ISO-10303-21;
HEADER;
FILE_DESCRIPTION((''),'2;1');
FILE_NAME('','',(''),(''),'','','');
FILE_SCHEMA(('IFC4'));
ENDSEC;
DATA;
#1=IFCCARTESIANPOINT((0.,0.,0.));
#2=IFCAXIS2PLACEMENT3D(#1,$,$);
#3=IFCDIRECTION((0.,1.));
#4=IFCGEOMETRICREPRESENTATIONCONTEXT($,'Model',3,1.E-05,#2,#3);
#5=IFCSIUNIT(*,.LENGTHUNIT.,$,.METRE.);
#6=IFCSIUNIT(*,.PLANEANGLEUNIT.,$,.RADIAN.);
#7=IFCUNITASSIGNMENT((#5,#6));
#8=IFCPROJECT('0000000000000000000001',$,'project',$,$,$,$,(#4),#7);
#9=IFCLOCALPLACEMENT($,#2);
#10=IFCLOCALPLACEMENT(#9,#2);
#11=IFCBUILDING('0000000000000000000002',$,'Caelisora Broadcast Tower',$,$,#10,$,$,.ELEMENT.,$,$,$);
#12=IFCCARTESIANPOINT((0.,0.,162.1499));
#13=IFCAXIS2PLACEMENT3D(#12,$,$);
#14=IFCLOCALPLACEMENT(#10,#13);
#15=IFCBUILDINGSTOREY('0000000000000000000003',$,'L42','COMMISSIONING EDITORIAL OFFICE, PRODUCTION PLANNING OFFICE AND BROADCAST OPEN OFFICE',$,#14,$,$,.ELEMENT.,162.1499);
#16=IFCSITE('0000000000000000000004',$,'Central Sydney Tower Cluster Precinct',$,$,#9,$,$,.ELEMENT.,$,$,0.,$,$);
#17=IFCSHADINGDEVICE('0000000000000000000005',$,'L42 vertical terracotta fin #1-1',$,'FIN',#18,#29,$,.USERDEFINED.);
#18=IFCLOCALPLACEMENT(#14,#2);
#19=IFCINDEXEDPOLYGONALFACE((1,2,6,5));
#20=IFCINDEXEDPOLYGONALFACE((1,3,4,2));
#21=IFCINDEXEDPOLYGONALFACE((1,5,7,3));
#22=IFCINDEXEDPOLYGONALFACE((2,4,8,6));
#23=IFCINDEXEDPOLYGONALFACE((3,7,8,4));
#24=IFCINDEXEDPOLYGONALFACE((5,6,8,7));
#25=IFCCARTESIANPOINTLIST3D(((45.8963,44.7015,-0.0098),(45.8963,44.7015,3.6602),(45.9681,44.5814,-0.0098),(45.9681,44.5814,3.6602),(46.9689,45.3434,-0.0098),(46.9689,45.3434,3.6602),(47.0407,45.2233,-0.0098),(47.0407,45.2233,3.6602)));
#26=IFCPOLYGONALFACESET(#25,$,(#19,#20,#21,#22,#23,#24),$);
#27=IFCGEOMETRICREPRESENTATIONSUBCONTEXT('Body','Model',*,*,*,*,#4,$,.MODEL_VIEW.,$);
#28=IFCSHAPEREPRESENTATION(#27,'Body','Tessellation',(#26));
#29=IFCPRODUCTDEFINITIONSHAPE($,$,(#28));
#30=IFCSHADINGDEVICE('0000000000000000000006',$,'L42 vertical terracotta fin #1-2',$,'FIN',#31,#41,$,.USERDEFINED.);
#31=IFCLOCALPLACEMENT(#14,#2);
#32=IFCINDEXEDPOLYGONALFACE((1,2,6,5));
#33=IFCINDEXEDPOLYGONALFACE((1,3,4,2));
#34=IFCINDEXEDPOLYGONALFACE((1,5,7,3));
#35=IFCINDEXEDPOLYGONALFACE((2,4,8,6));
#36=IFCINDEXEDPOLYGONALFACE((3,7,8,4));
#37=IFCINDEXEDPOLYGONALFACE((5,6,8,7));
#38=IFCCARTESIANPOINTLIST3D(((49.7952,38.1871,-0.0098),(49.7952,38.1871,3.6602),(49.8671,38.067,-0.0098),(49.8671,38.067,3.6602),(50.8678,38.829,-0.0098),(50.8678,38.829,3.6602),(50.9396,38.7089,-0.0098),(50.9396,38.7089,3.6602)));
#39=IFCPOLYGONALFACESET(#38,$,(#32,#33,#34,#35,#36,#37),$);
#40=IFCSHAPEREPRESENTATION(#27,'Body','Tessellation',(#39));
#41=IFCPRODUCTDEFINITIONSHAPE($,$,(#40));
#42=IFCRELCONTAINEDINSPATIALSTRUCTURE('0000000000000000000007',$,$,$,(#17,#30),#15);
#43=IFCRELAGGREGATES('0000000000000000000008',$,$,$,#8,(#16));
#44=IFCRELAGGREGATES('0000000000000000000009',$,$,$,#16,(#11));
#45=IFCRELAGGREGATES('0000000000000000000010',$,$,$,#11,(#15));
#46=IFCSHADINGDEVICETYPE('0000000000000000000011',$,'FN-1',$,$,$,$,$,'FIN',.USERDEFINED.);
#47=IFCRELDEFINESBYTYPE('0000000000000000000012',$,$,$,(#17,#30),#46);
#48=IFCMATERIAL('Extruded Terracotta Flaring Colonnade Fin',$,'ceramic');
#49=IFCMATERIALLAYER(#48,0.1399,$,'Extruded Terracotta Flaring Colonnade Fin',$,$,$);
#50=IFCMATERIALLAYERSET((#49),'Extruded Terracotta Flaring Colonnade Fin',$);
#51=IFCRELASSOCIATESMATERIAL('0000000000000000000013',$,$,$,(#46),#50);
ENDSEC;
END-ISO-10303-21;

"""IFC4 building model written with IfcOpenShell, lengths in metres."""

from ifc_helpers import new_model, si_unit, direction, frame, origin, origin_2d, place, context, subcontext, project, spatial, rectangle, extrude, source, transform, mapped, material, layer, layer_set, type_object, type_shapes, element, save


model = new_model("IFC4")

# Units and contexts
model_context = context("Model", 3, precision=1e-05, world=origin(), true_north=direction((0.0, 1.0)))
body_context = subcontext(model_context, "Body", "Model", "MODEL_VIEW")
ifc_project = project(units=[si_unit("LENGTHUNIT", "METRE"), si_unit("PLANEANGLEUNIT", "RADIAN")], contexts=[model_context])

# Site, building, storey
site_placement = place(None, origin())
site = spatial("IfcSite", under=ifc_project, at=site_placement, Name="Central Sydney Tower Cluster Precinct", CompositionType="ELEMENT", RefElevation=0.0)
building_placement = place(site_placement, origin())
building = spatial("IfcBuilding", under=site, at=building_placement, Name="Caelisora Broadcast Tower", CompositionType="ELEMENT")
storey_placement = place(building_placement, frame((0.0, 0.0, 162.1499)))
storey = spatial("IfcBuildingStorey", under=building, at=storey_placement, Name="L42", Description="COMMISSIONING EDITORIAL OFFICE, PRODUCTION PLANNING OFFICE AND BROADCAST OPEN OFFICE", CompositionType="ELEMENT", Elevation=162.1499)

# Shading devices
ifc_material_1 = material(Name="Extruded Terracotta Flaring Colonnade Fin", Category="ceramic")
ifc_layer_1 = layer(ifc_material_1, 0.1399, Name="Extruded Terracotta Flaring Colonnade Fin")
ifc_layer_set_1 = layer_set([ifc_layer_1], Name="Extruded Terracotta Flaring Colonnade Fin")
shading_device_type = type_object("IfcShadingDeviceType", Name="FN-1", ElementType="FIN", PredefinedType="USERDEFINED", material=ifc_layer_set_1)
shared_shape_1 = source(origin(), body_context, "Body", "SweptSolid", [
    extrude(rectangle(XDim=0.1399, YDim=1.25, at=origin_2d()), origin(), (0.0, 0.0, 1.0), 3.6699),
])
type_shapes(shading_device_type, [shared_shape_1])
for number, where, z_axis, x_axis, name in (
    (1, (46.4685, 44.9624, -0.0098), (0.0, 0.0, 1.0), (0.513541, -0.858065, 0.0), "L42 vertical terracotta fin #1-1"),
    (2, (50.3674, 38.448, -0.0098), (0.0, 0.0, 1.0), (0.513541, -0.858065, 0.0), "L42 vertical terracotta fin #1-2"),
):
    element("IfcShadingDevice", number, at=place(storey_placement, frame(where, z_axis=z_axis, x_axis=x_axis)), inside=storey, type_object=shading_device_type, Name=name, ObjectType="FIN", PredefinedType="USERDEFINED", context=body_context, shape_type="MappedRepresentation", body=[
        mapped(shared_shape_1, transform((0.0, 0.0, 0.0), scale=1.0)),
    ])

save(model, "model.ifc")
